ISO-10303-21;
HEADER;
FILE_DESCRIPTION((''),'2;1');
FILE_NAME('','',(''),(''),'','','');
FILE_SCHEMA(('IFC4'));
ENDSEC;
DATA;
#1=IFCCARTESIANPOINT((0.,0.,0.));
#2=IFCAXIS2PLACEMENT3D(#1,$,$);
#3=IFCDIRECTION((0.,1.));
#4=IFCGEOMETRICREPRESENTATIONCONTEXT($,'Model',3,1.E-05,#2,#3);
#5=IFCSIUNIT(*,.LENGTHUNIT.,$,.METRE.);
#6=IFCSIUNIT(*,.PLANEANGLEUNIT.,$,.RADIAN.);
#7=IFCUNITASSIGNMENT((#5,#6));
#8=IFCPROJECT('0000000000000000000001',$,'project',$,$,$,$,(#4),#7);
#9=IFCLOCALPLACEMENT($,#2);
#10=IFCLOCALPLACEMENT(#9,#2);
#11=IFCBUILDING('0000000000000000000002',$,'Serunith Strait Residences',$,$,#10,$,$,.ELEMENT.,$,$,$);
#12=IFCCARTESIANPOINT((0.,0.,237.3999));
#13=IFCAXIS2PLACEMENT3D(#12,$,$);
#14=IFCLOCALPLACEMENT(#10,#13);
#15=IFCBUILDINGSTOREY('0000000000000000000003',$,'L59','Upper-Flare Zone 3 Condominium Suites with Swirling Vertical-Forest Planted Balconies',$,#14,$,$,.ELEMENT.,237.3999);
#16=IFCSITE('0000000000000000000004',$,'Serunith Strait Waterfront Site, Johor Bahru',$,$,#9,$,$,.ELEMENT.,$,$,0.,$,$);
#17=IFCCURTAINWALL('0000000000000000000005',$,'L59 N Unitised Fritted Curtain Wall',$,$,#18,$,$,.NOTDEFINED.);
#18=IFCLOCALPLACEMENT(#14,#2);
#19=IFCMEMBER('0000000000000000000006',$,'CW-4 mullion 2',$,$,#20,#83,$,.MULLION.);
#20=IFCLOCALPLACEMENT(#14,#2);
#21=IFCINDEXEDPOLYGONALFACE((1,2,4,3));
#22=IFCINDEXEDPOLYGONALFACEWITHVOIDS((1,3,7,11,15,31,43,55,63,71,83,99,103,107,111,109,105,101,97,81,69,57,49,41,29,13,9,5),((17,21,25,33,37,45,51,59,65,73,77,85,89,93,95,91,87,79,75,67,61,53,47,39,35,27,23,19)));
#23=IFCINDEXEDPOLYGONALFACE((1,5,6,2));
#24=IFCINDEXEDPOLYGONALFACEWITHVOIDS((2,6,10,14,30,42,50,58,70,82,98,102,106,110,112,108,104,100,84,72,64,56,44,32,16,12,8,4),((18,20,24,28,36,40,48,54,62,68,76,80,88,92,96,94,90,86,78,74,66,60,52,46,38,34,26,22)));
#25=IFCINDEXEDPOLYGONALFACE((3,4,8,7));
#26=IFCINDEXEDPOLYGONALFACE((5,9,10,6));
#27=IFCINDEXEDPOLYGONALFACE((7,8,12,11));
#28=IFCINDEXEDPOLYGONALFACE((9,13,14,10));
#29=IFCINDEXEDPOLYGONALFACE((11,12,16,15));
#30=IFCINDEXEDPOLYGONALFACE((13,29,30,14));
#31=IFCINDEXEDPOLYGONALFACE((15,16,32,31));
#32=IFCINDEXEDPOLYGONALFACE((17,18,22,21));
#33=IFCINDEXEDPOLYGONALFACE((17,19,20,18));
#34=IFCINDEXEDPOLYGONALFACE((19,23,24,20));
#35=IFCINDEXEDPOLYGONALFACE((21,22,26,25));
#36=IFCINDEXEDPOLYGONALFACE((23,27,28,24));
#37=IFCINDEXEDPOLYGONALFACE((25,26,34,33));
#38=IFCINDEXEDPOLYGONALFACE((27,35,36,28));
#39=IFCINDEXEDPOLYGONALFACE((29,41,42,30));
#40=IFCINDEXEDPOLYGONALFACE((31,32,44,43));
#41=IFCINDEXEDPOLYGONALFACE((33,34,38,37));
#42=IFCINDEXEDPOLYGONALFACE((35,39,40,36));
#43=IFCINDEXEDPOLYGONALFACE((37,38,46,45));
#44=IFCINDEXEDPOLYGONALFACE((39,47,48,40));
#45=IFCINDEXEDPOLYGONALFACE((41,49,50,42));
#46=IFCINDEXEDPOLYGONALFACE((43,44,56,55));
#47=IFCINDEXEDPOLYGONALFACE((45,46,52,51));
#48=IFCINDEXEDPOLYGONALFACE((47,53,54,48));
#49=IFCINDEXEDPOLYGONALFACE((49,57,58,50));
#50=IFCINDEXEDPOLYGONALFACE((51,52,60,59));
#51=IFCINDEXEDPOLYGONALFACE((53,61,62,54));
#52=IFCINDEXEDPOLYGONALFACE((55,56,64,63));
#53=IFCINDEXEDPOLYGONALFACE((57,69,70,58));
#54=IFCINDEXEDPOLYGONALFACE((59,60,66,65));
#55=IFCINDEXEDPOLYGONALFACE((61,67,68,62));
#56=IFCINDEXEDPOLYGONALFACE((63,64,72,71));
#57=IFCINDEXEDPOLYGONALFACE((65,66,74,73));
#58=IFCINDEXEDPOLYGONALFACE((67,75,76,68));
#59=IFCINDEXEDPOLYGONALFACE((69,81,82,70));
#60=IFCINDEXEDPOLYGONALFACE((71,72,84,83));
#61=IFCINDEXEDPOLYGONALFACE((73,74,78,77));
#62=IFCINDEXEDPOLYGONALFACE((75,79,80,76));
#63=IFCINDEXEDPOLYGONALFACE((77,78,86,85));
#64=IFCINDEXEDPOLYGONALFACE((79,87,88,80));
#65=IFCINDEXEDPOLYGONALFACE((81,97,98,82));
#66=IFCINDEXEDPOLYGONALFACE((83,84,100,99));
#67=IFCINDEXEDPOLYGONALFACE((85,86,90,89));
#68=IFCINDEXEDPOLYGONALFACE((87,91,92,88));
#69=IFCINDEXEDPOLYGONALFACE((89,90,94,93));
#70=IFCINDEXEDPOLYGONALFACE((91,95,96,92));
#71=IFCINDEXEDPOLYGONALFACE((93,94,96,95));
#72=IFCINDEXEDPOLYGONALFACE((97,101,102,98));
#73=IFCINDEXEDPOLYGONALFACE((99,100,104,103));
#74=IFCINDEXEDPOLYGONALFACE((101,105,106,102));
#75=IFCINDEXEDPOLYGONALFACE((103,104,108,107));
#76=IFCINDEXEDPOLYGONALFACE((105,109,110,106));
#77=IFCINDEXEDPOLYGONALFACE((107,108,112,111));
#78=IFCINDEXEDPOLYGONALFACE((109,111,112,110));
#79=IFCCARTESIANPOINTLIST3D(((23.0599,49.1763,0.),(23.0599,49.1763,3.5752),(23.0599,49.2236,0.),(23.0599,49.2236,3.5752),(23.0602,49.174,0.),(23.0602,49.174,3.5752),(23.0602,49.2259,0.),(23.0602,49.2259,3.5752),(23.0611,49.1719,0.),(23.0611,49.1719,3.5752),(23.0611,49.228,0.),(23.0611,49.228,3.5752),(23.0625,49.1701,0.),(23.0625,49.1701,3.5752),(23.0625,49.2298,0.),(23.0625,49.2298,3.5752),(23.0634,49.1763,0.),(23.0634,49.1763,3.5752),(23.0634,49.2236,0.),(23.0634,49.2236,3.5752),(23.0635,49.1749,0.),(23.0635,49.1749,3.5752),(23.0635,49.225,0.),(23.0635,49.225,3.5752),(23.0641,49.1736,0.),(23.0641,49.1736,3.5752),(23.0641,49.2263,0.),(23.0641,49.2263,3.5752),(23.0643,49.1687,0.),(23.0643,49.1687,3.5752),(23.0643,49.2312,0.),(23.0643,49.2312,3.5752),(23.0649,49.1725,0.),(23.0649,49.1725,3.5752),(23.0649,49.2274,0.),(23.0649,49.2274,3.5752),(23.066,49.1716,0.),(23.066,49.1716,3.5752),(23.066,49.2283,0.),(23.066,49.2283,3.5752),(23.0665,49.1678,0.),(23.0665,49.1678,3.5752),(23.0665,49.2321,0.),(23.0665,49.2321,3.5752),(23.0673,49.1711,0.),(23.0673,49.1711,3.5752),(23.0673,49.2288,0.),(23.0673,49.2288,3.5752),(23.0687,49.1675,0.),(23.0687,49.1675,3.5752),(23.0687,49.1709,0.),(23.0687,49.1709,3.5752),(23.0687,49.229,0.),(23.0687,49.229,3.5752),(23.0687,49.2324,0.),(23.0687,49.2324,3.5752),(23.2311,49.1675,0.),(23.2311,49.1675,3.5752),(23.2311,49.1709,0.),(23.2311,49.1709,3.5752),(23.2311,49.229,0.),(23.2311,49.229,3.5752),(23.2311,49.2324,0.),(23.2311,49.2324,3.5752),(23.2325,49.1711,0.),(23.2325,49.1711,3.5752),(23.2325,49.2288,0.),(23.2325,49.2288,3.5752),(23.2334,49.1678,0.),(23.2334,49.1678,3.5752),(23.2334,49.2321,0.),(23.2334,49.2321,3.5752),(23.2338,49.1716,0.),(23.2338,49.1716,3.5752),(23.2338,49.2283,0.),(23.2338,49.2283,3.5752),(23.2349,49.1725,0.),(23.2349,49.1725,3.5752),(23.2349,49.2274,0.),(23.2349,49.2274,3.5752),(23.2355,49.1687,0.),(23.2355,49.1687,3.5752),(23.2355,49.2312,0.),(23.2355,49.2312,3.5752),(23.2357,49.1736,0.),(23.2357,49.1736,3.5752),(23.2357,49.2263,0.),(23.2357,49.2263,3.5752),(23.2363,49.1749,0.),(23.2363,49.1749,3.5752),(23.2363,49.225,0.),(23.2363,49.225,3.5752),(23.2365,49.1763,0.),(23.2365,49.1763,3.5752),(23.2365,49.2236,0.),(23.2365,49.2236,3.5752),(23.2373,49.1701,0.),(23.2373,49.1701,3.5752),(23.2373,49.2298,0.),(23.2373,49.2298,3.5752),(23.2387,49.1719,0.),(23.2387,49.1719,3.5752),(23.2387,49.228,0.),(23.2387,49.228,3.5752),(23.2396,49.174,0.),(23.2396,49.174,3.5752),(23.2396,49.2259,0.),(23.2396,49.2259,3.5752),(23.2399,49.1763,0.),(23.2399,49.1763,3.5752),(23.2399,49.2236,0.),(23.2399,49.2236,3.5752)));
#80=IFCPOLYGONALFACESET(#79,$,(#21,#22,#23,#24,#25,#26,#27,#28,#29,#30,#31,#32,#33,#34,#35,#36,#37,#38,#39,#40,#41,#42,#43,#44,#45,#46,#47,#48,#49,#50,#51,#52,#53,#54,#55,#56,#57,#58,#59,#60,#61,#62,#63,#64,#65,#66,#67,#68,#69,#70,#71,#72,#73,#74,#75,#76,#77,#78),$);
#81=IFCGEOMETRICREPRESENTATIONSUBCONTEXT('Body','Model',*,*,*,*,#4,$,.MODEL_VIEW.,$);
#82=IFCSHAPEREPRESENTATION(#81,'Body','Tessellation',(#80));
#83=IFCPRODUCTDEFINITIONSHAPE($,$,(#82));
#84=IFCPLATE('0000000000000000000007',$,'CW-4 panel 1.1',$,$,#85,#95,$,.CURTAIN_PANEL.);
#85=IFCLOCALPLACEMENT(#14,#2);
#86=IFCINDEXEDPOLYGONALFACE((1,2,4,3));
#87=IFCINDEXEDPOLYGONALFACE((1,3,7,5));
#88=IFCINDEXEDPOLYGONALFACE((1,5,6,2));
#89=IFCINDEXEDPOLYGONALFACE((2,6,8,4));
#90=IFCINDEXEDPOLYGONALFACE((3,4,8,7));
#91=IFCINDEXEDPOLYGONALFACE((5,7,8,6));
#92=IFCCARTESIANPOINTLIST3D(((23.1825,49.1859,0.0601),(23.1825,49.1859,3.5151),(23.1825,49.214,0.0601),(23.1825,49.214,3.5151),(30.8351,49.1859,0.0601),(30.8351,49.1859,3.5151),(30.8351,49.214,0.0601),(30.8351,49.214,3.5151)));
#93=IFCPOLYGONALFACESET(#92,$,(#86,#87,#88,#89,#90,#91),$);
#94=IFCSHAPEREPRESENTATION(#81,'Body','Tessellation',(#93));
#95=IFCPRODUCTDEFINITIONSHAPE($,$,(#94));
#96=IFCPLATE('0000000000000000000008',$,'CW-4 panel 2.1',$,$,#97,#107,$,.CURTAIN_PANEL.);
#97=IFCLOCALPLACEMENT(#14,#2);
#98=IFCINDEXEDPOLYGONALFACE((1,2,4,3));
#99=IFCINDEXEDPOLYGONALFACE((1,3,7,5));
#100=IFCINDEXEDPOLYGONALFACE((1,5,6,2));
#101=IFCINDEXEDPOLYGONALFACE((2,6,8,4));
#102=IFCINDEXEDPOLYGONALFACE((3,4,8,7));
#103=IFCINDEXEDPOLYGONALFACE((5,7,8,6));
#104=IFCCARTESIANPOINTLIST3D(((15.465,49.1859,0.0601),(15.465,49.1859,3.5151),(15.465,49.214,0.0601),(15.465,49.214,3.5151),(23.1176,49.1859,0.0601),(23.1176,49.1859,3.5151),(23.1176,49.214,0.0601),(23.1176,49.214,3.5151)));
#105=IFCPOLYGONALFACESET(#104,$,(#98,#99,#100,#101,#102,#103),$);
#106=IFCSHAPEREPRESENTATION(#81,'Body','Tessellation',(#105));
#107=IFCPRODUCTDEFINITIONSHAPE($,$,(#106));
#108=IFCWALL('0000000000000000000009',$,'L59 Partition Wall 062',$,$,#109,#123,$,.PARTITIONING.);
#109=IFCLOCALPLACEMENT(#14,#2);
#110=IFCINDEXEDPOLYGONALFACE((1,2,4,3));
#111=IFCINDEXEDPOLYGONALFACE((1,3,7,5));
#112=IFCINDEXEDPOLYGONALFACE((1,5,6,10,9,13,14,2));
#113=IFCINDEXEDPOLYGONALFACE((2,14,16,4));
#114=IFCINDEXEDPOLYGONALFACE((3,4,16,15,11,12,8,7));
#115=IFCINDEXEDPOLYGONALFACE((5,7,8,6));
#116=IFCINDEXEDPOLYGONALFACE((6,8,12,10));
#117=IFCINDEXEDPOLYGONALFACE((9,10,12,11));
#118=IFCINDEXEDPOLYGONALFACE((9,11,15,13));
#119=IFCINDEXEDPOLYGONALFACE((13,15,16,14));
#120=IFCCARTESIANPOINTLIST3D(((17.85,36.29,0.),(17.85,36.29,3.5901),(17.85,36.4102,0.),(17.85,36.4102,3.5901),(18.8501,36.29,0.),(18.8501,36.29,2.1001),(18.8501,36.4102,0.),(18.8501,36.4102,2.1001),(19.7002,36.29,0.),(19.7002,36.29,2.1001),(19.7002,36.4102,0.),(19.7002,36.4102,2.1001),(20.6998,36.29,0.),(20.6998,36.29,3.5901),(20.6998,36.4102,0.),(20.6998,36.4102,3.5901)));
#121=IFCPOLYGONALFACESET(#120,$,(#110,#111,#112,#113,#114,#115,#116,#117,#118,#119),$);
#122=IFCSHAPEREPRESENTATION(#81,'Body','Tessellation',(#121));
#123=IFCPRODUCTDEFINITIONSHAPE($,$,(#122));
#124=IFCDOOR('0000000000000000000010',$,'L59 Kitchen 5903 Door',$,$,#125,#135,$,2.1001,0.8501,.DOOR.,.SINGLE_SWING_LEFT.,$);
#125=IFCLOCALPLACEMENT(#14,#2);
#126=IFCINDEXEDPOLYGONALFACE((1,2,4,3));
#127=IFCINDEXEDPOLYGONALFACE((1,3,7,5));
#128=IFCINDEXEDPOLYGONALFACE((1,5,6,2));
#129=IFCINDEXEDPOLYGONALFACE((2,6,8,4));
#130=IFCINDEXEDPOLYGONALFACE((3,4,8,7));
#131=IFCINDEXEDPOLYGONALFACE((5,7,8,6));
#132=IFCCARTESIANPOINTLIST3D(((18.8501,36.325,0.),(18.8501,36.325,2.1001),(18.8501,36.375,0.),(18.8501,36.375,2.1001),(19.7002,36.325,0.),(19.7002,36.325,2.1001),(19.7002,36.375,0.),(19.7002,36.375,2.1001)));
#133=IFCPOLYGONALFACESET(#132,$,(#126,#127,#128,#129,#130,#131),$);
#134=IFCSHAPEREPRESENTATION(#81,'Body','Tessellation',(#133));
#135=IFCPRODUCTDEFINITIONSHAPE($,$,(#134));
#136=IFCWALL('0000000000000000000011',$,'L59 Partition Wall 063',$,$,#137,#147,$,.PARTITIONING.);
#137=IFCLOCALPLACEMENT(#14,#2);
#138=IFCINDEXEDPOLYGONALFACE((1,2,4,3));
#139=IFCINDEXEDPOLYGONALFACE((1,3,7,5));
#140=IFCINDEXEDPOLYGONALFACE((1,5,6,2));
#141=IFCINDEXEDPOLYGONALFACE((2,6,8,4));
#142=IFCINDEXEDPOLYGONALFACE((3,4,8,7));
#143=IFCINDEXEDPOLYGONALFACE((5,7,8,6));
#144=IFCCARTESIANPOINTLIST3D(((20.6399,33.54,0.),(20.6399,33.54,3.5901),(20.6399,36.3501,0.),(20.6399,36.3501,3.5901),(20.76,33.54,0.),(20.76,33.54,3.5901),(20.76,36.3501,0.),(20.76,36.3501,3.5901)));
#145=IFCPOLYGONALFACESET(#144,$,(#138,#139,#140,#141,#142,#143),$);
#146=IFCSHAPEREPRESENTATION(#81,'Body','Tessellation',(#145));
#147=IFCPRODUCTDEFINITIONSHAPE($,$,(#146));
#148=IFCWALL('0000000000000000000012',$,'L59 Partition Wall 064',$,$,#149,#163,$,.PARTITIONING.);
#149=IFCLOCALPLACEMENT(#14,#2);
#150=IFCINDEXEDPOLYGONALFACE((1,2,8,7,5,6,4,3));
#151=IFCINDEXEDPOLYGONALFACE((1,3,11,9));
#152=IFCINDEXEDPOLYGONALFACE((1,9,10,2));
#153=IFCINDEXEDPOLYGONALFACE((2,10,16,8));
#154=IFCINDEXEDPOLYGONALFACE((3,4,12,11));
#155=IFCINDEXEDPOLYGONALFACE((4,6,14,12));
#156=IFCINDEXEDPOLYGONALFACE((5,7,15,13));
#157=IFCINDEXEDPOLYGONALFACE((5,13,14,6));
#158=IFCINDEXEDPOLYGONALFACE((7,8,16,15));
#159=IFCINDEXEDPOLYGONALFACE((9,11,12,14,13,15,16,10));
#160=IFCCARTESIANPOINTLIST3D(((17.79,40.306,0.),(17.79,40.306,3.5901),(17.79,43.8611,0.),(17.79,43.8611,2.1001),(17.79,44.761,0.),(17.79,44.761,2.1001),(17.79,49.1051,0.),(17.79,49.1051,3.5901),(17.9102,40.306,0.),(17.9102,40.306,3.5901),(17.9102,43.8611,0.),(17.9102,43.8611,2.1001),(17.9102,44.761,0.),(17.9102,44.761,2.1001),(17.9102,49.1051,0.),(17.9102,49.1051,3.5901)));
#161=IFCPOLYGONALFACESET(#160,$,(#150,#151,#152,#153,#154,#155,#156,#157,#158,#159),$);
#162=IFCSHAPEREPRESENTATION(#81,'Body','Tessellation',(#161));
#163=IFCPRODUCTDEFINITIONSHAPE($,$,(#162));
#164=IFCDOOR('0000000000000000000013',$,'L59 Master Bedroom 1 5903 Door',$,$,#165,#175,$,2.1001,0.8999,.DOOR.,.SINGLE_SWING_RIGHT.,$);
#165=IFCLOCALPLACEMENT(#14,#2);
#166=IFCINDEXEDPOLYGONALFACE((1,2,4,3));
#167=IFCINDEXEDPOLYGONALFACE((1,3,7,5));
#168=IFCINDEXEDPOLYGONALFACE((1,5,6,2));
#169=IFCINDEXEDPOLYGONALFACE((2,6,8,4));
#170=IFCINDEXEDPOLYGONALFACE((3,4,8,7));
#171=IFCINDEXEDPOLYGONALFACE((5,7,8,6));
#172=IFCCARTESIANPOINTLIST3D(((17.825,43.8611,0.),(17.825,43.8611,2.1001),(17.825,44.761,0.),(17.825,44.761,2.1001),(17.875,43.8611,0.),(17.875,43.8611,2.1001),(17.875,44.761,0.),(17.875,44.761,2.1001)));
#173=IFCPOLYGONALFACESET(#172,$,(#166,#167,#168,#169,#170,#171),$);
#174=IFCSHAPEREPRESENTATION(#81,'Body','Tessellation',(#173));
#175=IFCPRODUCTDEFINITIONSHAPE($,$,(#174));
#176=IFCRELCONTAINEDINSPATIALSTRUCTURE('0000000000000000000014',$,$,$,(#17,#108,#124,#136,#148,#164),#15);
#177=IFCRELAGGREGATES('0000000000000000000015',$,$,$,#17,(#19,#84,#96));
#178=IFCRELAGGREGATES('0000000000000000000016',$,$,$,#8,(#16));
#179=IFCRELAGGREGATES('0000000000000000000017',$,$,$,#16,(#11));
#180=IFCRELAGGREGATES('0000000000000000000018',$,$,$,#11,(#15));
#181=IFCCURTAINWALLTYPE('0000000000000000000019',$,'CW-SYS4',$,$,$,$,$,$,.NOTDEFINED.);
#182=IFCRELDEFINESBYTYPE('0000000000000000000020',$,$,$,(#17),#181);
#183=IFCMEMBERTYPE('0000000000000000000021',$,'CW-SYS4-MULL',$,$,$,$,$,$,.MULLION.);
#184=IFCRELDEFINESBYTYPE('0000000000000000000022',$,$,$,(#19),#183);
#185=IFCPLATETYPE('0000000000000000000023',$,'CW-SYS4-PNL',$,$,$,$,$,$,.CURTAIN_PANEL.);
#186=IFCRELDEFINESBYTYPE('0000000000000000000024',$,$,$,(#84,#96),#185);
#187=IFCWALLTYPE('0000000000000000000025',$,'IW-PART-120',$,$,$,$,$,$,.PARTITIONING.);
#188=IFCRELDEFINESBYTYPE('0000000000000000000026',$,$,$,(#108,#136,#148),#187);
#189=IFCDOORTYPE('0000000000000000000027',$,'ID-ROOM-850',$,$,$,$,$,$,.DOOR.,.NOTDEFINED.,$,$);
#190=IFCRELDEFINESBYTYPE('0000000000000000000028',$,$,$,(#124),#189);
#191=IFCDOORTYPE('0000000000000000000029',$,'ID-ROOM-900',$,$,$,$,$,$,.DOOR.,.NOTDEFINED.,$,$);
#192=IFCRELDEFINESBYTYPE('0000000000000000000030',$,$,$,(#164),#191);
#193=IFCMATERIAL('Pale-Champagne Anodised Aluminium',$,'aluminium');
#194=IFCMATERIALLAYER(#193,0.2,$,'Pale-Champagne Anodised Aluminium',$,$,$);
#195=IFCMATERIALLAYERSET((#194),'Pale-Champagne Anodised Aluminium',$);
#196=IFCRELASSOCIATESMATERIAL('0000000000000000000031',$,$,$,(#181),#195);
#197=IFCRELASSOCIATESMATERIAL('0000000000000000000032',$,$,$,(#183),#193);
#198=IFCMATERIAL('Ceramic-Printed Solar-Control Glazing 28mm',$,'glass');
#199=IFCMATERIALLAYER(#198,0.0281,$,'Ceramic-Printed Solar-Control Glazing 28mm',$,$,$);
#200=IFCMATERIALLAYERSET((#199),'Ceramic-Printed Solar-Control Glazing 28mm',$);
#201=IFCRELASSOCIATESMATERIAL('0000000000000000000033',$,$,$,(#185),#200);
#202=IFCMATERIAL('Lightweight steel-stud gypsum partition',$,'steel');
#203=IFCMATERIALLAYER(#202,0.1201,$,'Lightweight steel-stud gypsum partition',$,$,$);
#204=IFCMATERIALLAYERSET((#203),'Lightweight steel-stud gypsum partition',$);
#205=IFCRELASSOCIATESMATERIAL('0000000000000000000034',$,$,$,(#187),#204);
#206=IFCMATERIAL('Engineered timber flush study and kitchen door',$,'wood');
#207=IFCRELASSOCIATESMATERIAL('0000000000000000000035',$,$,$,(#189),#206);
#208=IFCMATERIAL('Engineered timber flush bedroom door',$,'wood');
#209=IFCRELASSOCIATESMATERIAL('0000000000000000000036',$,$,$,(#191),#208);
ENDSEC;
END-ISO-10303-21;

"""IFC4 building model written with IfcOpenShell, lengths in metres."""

from ifc_helpers import new_model, si_unit, direction, frame, frame_2d, origin, origin_2d, place, context, subcontext, project, spatial, rectangle, hollow_rectangle, extrude, source, transform, mapped, material, layer, layer_set, material_profile, profile_set, type_object, element, fill, aggregate, save


model = new_model("IFC4")

# Units and contexts
model_context = context("Model", 3, precision=1e-05, world=origin(), true_north=direction((0.0, 1.0)))
body_context = subcontext(model_context, "Body", "Model", "MODEL_VIEW")
ifc_project = project(units=[si_unit("LENGTHUNIT", "METRE"), si_unit("PLANEANGLEUNIT", "RADIAN")], contexts=[model_context])

# Site, building, storey
site_placement = place(None, origin())
site = spatial("IfcSite", under=ifc_project, at=site_placement, Name="Serunith Strait Waterfront Site, Johor Bahru", CompositionType="ELEMENT", RefElevation=0.0)
building_placement = place(site_placement, origin())
building = spatial("IfcBuilding", under=site, at=building_placement, Name="Serunith Strait Residences", CompositionType="ELEMENT")
storey_placement = place(building_placement, frame((0.0, 0.0, 237.3999)))
storey = spatial("IfcBuildingStorey", under=building, at=storey_placement, Name="L59", Description="Upper-Flare Zone 3 Condominium Suites with Swirling Vertical-Forest Planted Balconies", CompositionType="ELEMENT", Elevation=237.3999)

# Curtain wall, member, plates
ifc_material_1 = material(Name="Pale-Champagne Anodised Aluminium", Category="aluminium")
ifc_layer_1 = layer(ifc_material_1, 0.2, Name="Pale-Champagne Anodised Aluminium")
ifc_layer_set_1 = layer_set([ifc_layer_1], Name="Pale-Champagne Anodised Aluminium")
curtain_wall_type = type_object("IfcCurtainWallType", Name="CW-SYS4", PredefinedType="NOTDEFINED", material=ifc_layer_set_1)
curtain_wall_placement = place(storey_placement, origin())
curtain_wall = element("IfcCurtainWall", 1, at=curtain_wall_placement, inside=storey, type_object=curtain_wall_type, Name="L59 N Unitised Fritted Curtain Wall", PredefinedType="NOTDEFINED")
ifc_material_profile_1 = material_profile(ifc_material_1, hollow_rectangle(XDim=0.0649, YDim=0.1799, WallThickness=0.0034, InnerFilletRadius=0.0054, OuterFilletRadius=0.0088, at=origin_2d()), Name="ALU 180x65x3.5")
ifc_profile_set_1 = profile_set([ifc_material_profile_1], Name="Pale-Champagne Anodised Aluminium")
member_type_1 = type_object("IfcMemberType", Name="CW-SYS4-MULL", PredefinedType="MULLION", material=ifc_profile_set_1)
shared_shape_1 = source(origin(), body_context, "Body", "SweptSolid", [
    extrude(hollow_rectangle(XDim=0.0649, YDim=0.1799, WallThickness=0.0034, InnerFilletRadius=0.0054, OuterFilletRadius=0.0088, at=origin_2d()), origin(), (0.0, 0.0, 1.0), 3.5752),
])
member_1_placement = place(storey_placement, frame((23.1499, 49.2, 0.0), z_axis=(0.0, 0.0, 1.0), x_axis=(0.0, -1.0, 0.0)))
member_1 = element("IfcMember", 2, at=member_1_placement, type_object=member_type_1, Name="CW-4 mullion 2", PredefinedType="MULLION", context=body_context, shape_type="MappedRepresentation", body=[
    mapped(shared_shape_1, transform((0.0, 0.0, 0.0), scale=1.0)),
])
ifc_material_2 = material(Name="Ceramic-Printed Solar-Control Glazing 28mm", Category="glass")
ifc_layer_2 = layer(ifc_material_2, 0.0281, Name="Ceramic-Printed Solar-Control Glazing 28mm")
ifc_layer_set_2 = layer_set([ifc_layer_2], Name="Ceramic-Printed Solar-Control Glazing 28mm")
plate_type = type_object("IfcPlateType", Name="CW-SYS4-PNL", PredefinedType="CURTAIN_PANEL", material=ifc_layer_set_2)
shared_shape_2 = source(origin(), body_context, "Body", "SweptSolid", [
    extrude(rectangle(XDim=7.6526, YDim=0.0281, at=origin_2d()), origin(), (0.0, 0.0, 1.0), 3.4551),
])
plate_1_placement = place(storey_placement, frame((27.0088, 49.2, 0.0601), z_axis=(0.0, 0.0, 1.0), x_axis=(-1.0, 0.0, 0.0)))
plate_1 = element("IfcPlate", 3, at=plate_1_placement, type_object=plate_type, Name="CW-4 panel 1.1", PredefinedType="CURTAIN_PANEL", context=body_context, shape_type="MappedRepresentation", body=[
    mapped(shared_shape_2, transform((0.0, 0.0, 0.0), scale=1.0)),
])
plate_2_placement = place(storey_placement, frame((19.2913, 49.2, 0.0601), z_axis=(0.0, 0.0, 1.0), x_axis=(-1.0, 0.0, 0.0)))
plate_2 = element("IfcPlate", 4, at=plate_2_placement, type_object=plate_type, Name="CW-4 panel 2.1", PredefinedType="CURTAIN_PANEL", context=body_context, shape_type="MappedRepresentation", body=[
    mapped(shared_shape_2, transform((0.0, 0.0, 0.0), scale=1.0)),
])
aggregate(curtain_wall, [member_1, plate_1, plate_2])

# Wall, opening, door
ifc_material_3 = material(Name="Lightweight steel-stud gypsum partition", Category="steel")
ifc_layer_3 = layer(ifc_material_3, 0.1201, Name="Lightweight steel-stud gypsum partition")
ifc_layer_set_3 = layer_set([ifc_layer_3], Name="Lightweight steel-stud gypsum partition")
wall_type = type_object("IfcWallType", Name="IW-PART-120", PredefinedType="PARTITIONING", material=ifc_layer_set_3)
wall_1_placement = place(storey_placement, frame((17.8501, 36.3501, 0.0), z_axis=(0.0, 0.0, 1.0), x_axis=(1.0, 0.0, 0.0)))
wall_1 = element("IfcWall", 5, at=wall_1_placement, inside=storey, type_object=wall_type, Name="L59 Partition Wall 062", PredefinedType="PARTITIONING", context=body_context, shape_type="SweptSolid", body=[
    extrude(rectangle(XDim=2.8499, YDim=0.1201, at=frame_2d((1.4248, 0.0))), origin(), (0.0, 0.0, 1.0), 3.5901),
])
opening_1_placement = place(wall_1_placement, frame((1.0, 0.0, 0.0)))
opening_1 = element("IfcOpeningElement", 6, at=opening_1_placement, cuts=wall_1, PredefinedType="OPENING", context=body_context, shape_type="SweptSolid", body=[
    extrude(rectangle(XDim=0.8501, YDim=2.1001, at=frame_2d((0.425, 1.05))), frame((0.0, 0.0701, 0.0), z_axis=(0.0, -1.0, 0.0), x_axis=(1.0, 0.0, 0.0)), (0.0, 0.0, 1.0), 0.1401),
])
ifc_material_4 = material(Name="Engineered timber flush study and kitchen door", Category="wood")
door_type_1 = type_object("IfcDoorType", Name="ID-ROOM-850", OperationType="NOTDEFINED", PredefinedType="DOOR", material=ifc_material_4)
shared_shape_3 = source(origin(), body_context, "Body", "SweptSolid", [
    extrude(rectangle(XDim=0.8501, YDim=2.1001, at=frame_2d((0.425, 1.05))), frame((0.0, 0.0249, 0.0), z_axis=(0.0, -1.0, 0.0), x_axis=(1.0, 0.0, 0.0)), (0.0, 0.0, 1.0), 0.05),
])
door_1_placement = place(opening_1_placement, origin())
door_1 = element("IfcDoor", 7, at=door_1_placement, inside=storey, type_object=door_type_1, Name="L59 Kitchen 5903 Door", OperationType="SINGLE_SWING_LEFT", OverallHeight=2.1001, OverallWidth=0.8501, PredefinedType="DOOR", context=body_context, shape_type="MappedRepresentation", body=[
    mapped(shared_shape_3, transform((0.0, 0.0, 0.0), scale=1.0)),
])
fill(opening_1, door_1)

# Wall
wall_2_placement = place(storey_placement, frame((20.7, 36.3501, 0.0), z_axis=(0.0, 0.0, 1.0), x_axis=(0.0, -1.0, 0.0)))
element("IfcWall", 8, at=wall_2_placement, inside=storey, type_object=wall_type, Name="L59 Partition Wall 063", PredefinedType="PARTITIONING", context=body_context, shape_type="SweptSolid", body=[
    extrude(rectangle(XDim=2.8101, YDim=0.1201, at=frame_2d((1.405, 0.0))), origin(), (0.0, 0.0, 1.0), 3.5901),
])

# Wall, opening, door
wall_3_placement = place(storey_placement, frame((17.8501, 49.105, 0.0), z_axis=(0.0, 0.0, 1.0), x_axis=(0.0, -1.0, 0.0)))
wall_3 = element("IfcWall", 9, at=wall_3_placement, inside=storey, type_object=wall_type, Name="L59 Partition Wall 064", PredefinedType="PARTITIONING", context=body_context, shape_type="SweptSolid", body=[
    extrude(rectangle(XDim=8.7991, YDim=0.1201, at=frame_2d((4.3994, 0.0))), origin(), (0.0, 0.0, 1.0), 3.5901),
])
opening_2_placement = place(wall_3_placement, frame((4.344, 0.0, 0.0)))
opening_2 = element("IfcOpeningElement", 10, at=opening_2_placement, cuts=wall_3, PredefinedType="OPENING", context=body_context, shape_type="SweptSolid", body=[
    extrude(rectangle(XDim=0.8999, YDim=2.1001, at=frame_2d((0.45, 1.05))), frame((0.0, 0.0701, 0.0), z_axis=(0.0, -1.0, 0.0), x_axis=(1.0, 0.0, 0.0)), (0.0, 0.0, 1.0), 0.1401),
])
ifc_material_5 = material(Name="Engineered timber flush bedroom door", Category="wood")
door_type_2 = type_object("IfcDoorType", Name="ID-ROOM-900", OperationType="NOTDEFINED", PredefinedType="DOOR", material=ifc_material_5)
shared_shape_4 = source(origin(), body_context, "Body", "SweptSolid", [
    extrude(rectangle(XDim=0.8999, YDim=2.1001, at=frame_2d((0.45, 1.05))), frame((0.0, 0.0249, 0.0), z_axis=(0.0, -1.0, 0.0), x_axis=(1.0, 0.0, 0.0)), (0.0, 0.0, 1.0), 0.05),
])
door_2_placement = place(opening_2_placement, origin())
door_2 = element("IfcDoor", 11, at=door_2_placement, inside=storey, type_object=door_type_2, Name="L59 Master Bedroom 1 5903 Door", OperationType="SINGLE_SWING_RIGHT", OverallHeight=2.1001, OverallWidth=0.8999, PredefinedType="DOOR", context=body_context, shape_type="MappedRepresentation", body=[
    mapped(shared_shape_4, transform((0.0, 0.0, 0.0), scale=1.0)),
])
fill(opening_2, door_2)

save(model, "model.ifc")
